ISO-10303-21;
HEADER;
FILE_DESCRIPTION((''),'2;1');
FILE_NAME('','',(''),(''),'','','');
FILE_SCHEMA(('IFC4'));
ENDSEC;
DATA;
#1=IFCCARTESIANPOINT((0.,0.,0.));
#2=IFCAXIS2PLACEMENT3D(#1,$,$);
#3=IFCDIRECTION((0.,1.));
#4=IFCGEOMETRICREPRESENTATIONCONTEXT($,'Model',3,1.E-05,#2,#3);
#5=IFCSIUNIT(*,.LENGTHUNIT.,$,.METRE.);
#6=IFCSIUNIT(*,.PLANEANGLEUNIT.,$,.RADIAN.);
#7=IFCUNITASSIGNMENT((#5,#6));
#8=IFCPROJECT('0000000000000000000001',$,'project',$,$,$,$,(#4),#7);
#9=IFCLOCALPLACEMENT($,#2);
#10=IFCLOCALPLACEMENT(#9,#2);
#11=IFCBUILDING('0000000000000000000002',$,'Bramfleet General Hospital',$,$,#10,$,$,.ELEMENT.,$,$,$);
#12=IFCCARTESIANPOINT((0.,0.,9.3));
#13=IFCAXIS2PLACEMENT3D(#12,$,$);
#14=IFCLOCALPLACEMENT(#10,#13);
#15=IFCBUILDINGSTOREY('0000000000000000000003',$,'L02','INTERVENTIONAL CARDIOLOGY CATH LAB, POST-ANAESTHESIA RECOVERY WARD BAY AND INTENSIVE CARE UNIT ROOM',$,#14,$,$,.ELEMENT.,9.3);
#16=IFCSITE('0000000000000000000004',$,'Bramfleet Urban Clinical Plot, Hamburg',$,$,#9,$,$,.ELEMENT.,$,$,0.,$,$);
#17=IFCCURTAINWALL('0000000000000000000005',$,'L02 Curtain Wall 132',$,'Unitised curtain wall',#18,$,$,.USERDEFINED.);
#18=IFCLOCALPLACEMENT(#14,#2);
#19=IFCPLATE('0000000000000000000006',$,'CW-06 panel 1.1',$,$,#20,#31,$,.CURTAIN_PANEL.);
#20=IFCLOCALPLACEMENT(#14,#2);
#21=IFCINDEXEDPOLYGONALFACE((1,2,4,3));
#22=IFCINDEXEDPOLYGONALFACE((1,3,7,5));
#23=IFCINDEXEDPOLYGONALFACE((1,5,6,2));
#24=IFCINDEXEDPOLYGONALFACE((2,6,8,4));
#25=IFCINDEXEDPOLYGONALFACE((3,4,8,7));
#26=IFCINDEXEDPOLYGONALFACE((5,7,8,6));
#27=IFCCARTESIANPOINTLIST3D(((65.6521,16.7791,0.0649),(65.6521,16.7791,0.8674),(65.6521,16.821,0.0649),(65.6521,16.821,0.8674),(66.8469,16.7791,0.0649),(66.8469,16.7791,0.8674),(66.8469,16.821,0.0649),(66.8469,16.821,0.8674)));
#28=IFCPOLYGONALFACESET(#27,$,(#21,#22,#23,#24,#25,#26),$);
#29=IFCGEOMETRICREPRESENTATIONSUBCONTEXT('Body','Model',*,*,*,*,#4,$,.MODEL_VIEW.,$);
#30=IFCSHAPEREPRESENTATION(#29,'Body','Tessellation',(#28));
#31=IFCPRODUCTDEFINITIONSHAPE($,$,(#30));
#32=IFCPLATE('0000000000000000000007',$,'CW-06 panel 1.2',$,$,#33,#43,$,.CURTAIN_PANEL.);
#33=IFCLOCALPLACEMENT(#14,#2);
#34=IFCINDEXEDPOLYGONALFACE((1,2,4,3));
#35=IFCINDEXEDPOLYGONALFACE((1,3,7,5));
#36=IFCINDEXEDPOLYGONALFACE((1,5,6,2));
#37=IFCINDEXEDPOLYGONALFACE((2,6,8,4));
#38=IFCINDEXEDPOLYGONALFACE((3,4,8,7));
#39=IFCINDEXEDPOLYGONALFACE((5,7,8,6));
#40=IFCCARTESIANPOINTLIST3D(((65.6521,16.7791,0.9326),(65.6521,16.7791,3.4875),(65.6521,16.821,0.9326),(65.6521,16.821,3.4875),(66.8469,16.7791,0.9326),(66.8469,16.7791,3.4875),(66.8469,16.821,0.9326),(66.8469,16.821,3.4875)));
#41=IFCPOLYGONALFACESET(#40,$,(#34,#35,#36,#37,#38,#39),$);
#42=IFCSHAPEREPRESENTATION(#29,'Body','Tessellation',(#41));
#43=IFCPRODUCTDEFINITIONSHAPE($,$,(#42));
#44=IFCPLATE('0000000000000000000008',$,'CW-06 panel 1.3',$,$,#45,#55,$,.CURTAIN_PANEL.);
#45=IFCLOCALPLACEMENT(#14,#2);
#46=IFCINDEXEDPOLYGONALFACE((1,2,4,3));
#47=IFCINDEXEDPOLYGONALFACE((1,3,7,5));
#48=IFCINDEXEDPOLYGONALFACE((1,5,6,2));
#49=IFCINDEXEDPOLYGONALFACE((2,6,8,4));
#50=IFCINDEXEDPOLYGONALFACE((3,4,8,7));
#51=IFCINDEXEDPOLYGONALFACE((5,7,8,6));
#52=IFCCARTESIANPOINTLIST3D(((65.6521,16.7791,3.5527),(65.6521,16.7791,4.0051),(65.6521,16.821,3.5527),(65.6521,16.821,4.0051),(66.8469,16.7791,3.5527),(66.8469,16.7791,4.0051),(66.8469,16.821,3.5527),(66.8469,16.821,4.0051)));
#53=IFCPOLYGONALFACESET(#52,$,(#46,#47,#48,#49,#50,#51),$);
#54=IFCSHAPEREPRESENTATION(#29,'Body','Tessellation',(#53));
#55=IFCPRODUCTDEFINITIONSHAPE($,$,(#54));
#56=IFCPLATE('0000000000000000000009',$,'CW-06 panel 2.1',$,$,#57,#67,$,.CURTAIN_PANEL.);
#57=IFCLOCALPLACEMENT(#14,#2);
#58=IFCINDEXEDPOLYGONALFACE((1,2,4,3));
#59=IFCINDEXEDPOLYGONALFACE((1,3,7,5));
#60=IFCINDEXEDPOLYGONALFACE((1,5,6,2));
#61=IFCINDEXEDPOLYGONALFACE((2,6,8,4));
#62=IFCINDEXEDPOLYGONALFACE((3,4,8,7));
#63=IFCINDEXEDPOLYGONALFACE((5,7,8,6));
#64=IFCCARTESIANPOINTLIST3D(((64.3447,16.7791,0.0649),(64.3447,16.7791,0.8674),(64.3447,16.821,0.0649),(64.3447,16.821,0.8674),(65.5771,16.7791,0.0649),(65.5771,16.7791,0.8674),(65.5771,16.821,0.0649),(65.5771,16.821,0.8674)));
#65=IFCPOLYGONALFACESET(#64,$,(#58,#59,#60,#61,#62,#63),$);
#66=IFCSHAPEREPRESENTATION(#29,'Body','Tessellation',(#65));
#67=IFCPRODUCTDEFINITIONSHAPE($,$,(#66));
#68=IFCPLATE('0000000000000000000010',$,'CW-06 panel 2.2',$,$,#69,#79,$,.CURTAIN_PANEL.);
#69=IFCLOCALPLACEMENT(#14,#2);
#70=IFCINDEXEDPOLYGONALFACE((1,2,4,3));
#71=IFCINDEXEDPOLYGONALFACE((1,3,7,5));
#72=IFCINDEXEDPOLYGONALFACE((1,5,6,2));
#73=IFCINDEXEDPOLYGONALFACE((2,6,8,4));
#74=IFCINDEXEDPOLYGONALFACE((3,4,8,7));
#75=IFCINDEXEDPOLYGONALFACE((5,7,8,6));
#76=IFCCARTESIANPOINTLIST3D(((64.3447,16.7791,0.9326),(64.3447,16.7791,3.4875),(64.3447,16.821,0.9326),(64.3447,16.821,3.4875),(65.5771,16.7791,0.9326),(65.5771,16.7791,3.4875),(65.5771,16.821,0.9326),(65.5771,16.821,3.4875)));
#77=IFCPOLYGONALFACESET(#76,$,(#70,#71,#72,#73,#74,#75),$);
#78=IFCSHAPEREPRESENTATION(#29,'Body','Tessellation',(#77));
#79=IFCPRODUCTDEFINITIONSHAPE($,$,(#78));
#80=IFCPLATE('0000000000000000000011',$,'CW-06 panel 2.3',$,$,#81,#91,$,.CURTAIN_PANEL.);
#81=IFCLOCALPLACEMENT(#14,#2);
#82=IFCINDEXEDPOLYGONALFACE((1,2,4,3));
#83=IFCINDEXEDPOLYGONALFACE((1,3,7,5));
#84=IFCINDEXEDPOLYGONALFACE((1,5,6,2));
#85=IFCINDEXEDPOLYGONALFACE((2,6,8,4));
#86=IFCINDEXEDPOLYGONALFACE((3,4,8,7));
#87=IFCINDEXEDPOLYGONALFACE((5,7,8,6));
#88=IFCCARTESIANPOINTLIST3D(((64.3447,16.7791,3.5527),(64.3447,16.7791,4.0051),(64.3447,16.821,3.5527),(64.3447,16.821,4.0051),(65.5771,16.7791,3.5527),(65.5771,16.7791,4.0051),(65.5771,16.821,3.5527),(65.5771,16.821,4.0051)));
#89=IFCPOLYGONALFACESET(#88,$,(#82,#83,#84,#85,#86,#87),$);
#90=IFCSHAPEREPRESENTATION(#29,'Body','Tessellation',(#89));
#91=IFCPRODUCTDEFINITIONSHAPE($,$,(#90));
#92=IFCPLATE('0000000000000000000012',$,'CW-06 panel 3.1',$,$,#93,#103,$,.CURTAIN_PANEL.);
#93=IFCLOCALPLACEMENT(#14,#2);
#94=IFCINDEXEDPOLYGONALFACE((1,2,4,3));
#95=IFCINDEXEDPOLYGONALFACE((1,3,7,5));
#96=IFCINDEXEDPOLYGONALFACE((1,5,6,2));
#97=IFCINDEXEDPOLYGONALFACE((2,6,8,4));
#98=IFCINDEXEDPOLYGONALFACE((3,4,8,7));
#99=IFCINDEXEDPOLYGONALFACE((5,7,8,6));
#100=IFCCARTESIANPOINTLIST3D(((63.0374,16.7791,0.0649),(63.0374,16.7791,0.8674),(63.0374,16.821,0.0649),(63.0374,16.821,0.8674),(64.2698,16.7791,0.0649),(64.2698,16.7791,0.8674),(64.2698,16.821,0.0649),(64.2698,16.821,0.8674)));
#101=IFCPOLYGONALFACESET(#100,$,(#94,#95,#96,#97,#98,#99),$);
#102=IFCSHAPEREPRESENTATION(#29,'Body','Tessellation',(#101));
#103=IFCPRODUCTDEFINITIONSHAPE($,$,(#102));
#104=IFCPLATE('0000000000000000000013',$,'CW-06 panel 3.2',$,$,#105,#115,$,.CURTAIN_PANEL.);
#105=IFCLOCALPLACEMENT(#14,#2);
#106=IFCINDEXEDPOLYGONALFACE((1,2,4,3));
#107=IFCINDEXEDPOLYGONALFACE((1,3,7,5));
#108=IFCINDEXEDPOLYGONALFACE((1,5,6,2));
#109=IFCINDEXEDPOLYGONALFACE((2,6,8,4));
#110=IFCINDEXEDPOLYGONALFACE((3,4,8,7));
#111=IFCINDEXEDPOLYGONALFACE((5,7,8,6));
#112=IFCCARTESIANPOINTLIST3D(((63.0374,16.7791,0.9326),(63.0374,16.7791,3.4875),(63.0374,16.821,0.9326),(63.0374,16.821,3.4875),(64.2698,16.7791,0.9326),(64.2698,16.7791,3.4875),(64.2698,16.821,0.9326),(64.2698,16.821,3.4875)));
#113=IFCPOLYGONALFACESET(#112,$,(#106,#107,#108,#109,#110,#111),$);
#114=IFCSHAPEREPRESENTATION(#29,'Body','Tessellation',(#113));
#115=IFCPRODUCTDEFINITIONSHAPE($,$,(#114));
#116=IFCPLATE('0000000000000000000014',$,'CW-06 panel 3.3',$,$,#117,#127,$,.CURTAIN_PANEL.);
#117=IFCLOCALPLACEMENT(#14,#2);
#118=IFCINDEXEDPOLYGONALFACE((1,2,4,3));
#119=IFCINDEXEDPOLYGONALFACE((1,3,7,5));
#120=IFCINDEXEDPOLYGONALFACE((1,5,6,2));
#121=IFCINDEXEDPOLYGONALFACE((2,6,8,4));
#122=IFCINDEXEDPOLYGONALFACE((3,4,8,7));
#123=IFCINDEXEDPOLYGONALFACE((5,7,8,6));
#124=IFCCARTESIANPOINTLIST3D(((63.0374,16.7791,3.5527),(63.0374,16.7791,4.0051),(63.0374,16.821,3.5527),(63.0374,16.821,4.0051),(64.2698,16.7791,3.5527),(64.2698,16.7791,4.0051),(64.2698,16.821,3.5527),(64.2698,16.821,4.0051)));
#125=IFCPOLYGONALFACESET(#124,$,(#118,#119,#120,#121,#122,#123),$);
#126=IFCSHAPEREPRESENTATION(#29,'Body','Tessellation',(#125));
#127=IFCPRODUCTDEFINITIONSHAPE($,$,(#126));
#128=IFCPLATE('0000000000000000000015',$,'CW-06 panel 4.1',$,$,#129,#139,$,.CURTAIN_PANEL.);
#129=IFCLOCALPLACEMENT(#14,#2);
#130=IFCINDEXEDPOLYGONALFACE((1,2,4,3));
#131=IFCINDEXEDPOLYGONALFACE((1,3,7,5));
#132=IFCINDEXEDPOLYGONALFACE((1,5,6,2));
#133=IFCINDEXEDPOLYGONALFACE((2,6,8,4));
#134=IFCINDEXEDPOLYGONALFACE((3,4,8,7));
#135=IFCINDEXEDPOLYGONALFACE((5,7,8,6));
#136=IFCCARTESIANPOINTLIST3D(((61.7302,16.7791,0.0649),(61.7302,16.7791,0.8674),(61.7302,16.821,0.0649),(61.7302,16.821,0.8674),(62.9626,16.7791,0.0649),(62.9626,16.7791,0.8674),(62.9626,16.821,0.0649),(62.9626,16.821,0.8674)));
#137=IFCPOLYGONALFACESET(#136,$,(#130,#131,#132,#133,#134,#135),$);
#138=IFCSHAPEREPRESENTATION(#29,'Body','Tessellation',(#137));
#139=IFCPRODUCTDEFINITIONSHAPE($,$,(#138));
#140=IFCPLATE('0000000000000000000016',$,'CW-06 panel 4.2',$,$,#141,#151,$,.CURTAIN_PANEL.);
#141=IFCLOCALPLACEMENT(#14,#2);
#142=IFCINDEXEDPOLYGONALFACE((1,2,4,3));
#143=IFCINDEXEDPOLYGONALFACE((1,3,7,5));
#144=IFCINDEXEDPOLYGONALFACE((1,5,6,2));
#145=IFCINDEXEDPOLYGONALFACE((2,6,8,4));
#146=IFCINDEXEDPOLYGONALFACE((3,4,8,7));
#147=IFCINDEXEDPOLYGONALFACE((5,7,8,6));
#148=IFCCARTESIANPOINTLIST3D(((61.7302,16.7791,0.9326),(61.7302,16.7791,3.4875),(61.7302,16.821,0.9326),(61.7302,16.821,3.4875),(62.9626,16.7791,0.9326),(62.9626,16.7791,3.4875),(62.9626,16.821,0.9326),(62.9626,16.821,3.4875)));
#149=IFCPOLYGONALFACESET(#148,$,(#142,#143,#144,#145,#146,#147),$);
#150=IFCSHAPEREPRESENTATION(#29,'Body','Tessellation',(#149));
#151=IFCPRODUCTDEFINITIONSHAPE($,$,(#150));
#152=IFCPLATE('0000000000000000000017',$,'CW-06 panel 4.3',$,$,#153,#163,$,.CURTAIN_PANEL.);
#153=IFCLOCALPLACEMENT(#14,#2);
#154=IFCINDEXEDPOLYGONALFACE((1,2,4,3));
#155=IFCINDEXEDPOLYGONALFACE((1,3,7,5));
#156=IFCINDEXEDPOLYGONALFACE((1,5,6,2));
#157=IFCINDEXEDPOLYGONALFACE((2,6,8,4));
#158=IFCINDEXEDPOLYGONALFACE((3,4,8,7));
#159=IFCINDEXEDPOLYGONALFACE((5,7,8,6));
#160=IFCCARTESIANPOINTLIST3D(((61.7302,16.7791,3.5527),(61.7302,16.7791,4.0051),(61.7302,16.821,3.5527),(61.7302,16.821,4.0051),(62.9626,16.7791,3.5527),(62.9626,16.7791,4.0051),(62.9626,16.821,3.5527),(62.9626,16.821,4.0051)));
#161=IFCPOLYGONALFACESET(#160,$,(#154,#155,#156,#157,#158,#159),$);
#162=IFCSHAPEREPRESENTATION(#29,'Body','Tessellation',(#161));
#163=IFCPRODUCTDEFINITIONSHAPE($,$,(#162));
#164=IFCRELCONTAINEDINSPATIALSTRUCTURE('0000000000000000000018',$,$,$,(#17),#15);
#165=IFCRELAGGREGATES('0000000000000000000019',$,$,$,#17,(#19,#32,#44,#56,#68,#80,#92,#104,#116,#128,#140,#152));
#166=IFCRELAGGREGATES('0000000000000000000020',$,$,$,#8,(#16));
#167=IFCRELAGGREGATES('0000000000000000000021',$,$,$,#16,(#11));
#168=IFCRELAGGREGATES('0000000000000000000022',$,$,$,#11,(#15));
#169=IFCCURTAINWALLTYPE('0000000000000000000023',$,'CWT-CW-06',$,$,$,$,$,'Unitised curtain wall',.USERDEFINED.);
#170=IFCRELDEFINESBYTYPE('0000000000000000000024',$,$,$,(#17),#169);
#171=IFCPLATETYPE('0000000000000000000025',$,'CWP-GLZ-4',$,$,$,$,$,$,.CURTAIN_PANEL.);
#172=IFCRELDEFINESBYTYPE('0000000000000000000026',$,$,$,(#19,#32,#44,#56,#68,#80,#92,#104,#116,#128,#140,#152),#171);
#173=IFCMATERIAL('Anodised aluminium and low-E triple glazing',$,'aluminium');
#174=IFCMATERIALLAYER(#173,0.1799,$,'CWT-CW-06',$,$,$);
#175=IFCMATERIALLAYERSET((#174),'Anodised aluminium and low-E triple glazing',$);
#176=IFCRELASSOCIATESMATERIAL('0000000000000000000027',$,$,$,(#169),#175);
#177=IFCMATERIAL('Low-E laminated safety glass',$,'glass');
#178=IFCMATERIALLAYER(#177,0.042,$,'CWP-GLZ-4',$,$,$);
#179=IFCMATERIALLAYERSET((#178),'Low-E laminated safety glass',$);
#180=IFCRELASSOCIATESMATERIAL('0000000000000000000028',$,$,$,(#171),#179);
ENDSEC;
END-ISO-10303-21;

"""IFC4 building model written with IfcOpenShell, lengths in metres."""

from ifc_helpers import new_model, si_unit, direction, frame, origin, origin_2d, place, context, subcontext, project, spatial, rectangle, extrude, material, layer, layer_set, type_object, element, aggregate, save


model = new_model("IFC4")

# Units and contexts
model_context = context("Model", 3, precision=1e-05, world=origin(), true_north=direction((0.0, 1.0)))
body_context = subcontext(model_context, "Body", "Model", "MODEL_VIEW")
ifc_project = project(units=[si_unit("LENGTHUNIT", "METRE"), si_unit("PLANEANGLEUNIT", "RADIAN")], contexts=[model_context])

# Site, building, storey
site_placement = place(None, origin())
site = spatial("IfcSite", under=ifc_project, at=site_placement, Name="Bramfleet Urban Clinical Plot, Hamburg", CompositionType="ELEMENT", RefElevation=0.0)
building_placement = place(site_placement, origin())
building = spatial("IfcBuilding", under=site, at=building_placement, Name="Bramfleet General Hospital", CompositionType="ELEMENT")
storey_placement = place(building_placement, frame((0.0, 0.0, 9.3)))
storey = spatial("IfcBuildingStorey", under=building, at=storey_placement, Name="L02", Description="INTERVENTIONAL CARDIOLOGY CATH LAB, POST-ANAESTHESIA RECOVERY WARD BAY AND INTENSIVE CARE UNIT ROOM", CompositionType="ELEMENT", Elevation=9.3)

# Curtain wall, plates
ifc_material_1 = material(Name="Anodised aluminium and low-E triple glazing", Category="aluminium")
ifc_layer_1 = layer(ifc_material_1, 0.1799, Name="CWT-CW-06")
ifc_layer_set_1 = layer_set([ifc_layer_1], Name="Anodised aluminium and low-E triple glazing")
curtain_wall_type = type_object("IfcCurtainWallType", Name="CWT-CW-06", ElementType="Unitised curtain wall", PredefinedType="USERDEFINED", material=ifc_layer_set_1)
curtain_wall_placement = place(storey_placement, origin())
curtain_wall = element("IfcCurtainWall", 1, at=curtain_wall_placement, inside=storey, type_object=curtain_wall_type, Name="L02 Curtain Wall 132", ObjectType="Unitised curtain wall", PredefinedType="USERDEFINED")
ifc_material_2 = material(Name="Low-E laminated safety glass", Category="glass")
ifc_layer_2 = layer(ifc_material_2, 0.042, Name="CWP-GLZ-4")
ifc_layer_set_2 = layer_set([ifc_layer_2], Name="Low-E laminated safety glass")
plate_type = type_object("IfcPlateType", Name="CWP-GLZ-4", PredefinedType="CURTAIN_PANEL", material=ifc_layer_set_2)
plate_1_placement = place(storey_placement, frame((66.2495, 16.8, 0.0649), z_axis=(0.0, 0.0, 1.0), x_axis=(-1.0, 0.0, 0.0)))
plate_1 = element("IfcPlate", 2, at=plate_1_placement, type_object=plate_type, Name="CW-06 panel 1.1", PredefinedType="CURTAIN_PANEL", context=body_context, shape_type="SweptSolid", body=[
    extrude(rectangle(XDim=1.1948, YDim=0.042, at=origin_2d()), origin(), (0.0, 0.0, 1.0), 0.8025),
])
plate_2_placement = place(storey_placement, frame((66.2495, 16.8, 0.9326), z_axis=(0.0, 0.0, 1.0), x_axis=(-1.0, 0.0, 0.0)))
plate_2 = element("IfcPlate", 3, at=plate_2_placement, type_object=plate_type, Name="CW-06 panel 1.2", PredefinedType="CURTAIN_PANEL", context=body_context, shape_type="SweptSolid", body=[
    extrude(rectangle(XDim=1.1948, YDim=0.042, at=origin_2d()), origin(), (0.0, 0.0, 1.0), 2.5549),
])
plate_3_placement = place(storey_placement, frame((66.2495, 16.8, 3.5527), z_axis=(0.0, 0.0, 1.0), x_axis=(-1.0, 0.0, 0.0)))
plate_3 = element("IfcPlate", 4, at=plate_3_placement, type_object=plate_type, Name="CW-06 panel 1.3", PredefinedType="CURTAIN_PANEL", context=body_context, shape_type="SweptSolid", body=[
    extrude(rectangle(XDim=1.1948, YDim=0.042, at=origin_2d()), origin(), (0.0, 0.0, 1.0), 0.4524),
])
plate_4_placement = place(storey_placement, frame((64.9609, 16.8, 0.0649), z_axis=(0.0, 0.0, 1.0), x_axis=(-1.0, 0.0, 0.0)))
plate_4 = element("IfcPlate", 5, at=plate_4_placement, type_object=plate_type, Name="CW-06 panel 2.1", PredefinedType="CURTAIN_PANEL", context=body_context, shape_type="SweptSolid", body=[
    extrude(rectangle(XDim=1.2324, YDim=0.042, at=origin_2d()), origin(), (0.0, 0.0, 1.0), 0.8025),
])
plate_5_placement = place(storey_placement, frame((64.9609, 16.8, 0.9326), z_axis=(0.0, 0.0, 1.0), x_axis=(-1.0, 0.0, 0.0)))
plate_5 = element("IfcPlate", 6, at=plate_5_placement, type_object=plate_type, Name="CW-06 panel 2.2", PredefinedType="CURTAIN_PANEL", context=body_context, shape_type="SweptSolid", body=[
    extrude(rectangle(XDim=1.2324, YDim=0.042, at=origin_2d()), origin(), (0.0, 0.0, 1.0), 2.5549),
])
plate_6_placement = place(storey_placement, frame((64.9609, 16.8, 3.5527), z_axis=(0.0, 0.0, 1.0), x_axis=(-1.0, 0.0, 0.0)))
plate_6 = element("IfcPlate", 7, at=plate_6_placement, type_object=plate_type, Name="CW-06 panel 2.3", PredefinedType="CURTAIN_PANEL", context=body_context, shape_type="SweptSolid", body=[
    extrude(rectangle(XDim=1.2324, YDim=0.042, at=origin_2d()), origin(), (0.0, 0.0, 1.0), 0.4524),
])
plate_7_placement = place(storey_placement, frame((63.6536, 16.8, 0.0649), z_axis=(0.0, 0.0, 1.0), x_axis=(-1.0, 0.0, 0.0)))
plate_7 = element("IfcPlate", 8, at=plate_7_placement, type_object=plate_type, Name="CW-06 panel 3.1", PredefinedType="CURTAIN_PANEL", context=body_context, shape_type="SweptSolid", body=[
    extrude(rectangle(XDim=1.2324, YDim=0.042, at=origin_2d()), origin(), (0.0, 0.0, 1.0), 0.8025),
])
plate_8_placement = place(storey_placement, frame((63.6536, 16.8, 0.9326), z_axis=(0.0, 0.0, 1.0), x_axis=(-1.0, 0.0, 0.0)))
plate_8 = element("IfcPlate", 9, at=plate_8_placement, type_object=plate_type, Name="CW-06 panel 3.2", PredefinedType="CURTAIN_PANEL", context=body_context, shape_type="SweptSolid", body=[
    extrude(rectangle(XDim=1.2324, YDim=0.042, at=origin_2d()), origin(), (0.0, 0.0, 1.0), 2.5549),
])
plate_9_placement = place(storey_placement, frame((63.6536, 16.8, 3.5527), z_axis=(0.0, 0.0, 1.0), x_axis=(-1.0, 0.0, 0.0)))
plate_9 = element("IfcPlate", 10, at=plate_9_placement, type_object=plate_type, Name="CW-06 panel 3.3", PredefinedType="CURTAIN_PANEL", context=body_context, shape_type="SweptSolid", body=[
    extrude(rectangle(XDim=1.2324, YDim=0.042, at=origin_2d()), origin(), (0.0, 0.0, 1.0), 0.4524),
])
plate_10_placement = place(storey_placement, frame((62.3464, 16.8, 0.0649), z_axis=(0.0, 0.0, 1.0), x_axis=(-1.0, 0.0, 0.0)))
plate_10 = element("IfcPlate", 11, at=plate_10_placement, type_object=plate_type, Name="CW-06 panel 4.1", PredefinedType="CURTAIN_PANEL", context=body_context, shape_type="SweptSolid", body=[
    extrude(rectangle(XDim=1.2324, YDim=0.042, at=origin_2d()), origin(), (0.0, 0.0, 1.0), 0.8025),
])
plate_11_placement = place(storey_placement, frame((62.3464, 16.8, 0.9326), z_axis=(0.0, 0.0, 1.0), x_axis=(-1.0, 0.0, 0.0)))
plate_11 = element("IfcPlate", 12, at=plate_11_placement, type_object=plate_type, Name="CW-06 panel 4.2", PredefinedType="CURTAIN_PANEL", context=body_context, shape_type="SweptSolid", body=[
    extrude(rectangle(XDim=1.2324, YDim=0.042, at=origin_2d()), origin(), (0.0, 0.0, 1.0), 2.5549),
])
plate_12_placement = place(storey_placement, frame((62.3464, 16.8, 3.5527), z_axis=(0.0, 0.0, 1.0), x_axis=(-1.0, 0.0, 0.0)))
plate_12 = element("IfcPlate", 13, at=plate_12_placement, type_object=plate_type, Name="CW-06 panel 4.3", PredefinedType="CURTAIN_PANEL", context=body_context, shape_type="SweptSolid", body=[
    extrude(rectangle(XDim=1.2324, YDim=0.042, at=origin_2d()), origin(), (0.0, 0.0, 1.0), 0.4524),
])
aggregate(curtain_wall, [plate_1, plate_2, plate_3, plate_4, plate_5, plate_6, plate_7, plate_8, plate_9, plate_10, plate_11, plate_12])

save(model, "model.ifc")
